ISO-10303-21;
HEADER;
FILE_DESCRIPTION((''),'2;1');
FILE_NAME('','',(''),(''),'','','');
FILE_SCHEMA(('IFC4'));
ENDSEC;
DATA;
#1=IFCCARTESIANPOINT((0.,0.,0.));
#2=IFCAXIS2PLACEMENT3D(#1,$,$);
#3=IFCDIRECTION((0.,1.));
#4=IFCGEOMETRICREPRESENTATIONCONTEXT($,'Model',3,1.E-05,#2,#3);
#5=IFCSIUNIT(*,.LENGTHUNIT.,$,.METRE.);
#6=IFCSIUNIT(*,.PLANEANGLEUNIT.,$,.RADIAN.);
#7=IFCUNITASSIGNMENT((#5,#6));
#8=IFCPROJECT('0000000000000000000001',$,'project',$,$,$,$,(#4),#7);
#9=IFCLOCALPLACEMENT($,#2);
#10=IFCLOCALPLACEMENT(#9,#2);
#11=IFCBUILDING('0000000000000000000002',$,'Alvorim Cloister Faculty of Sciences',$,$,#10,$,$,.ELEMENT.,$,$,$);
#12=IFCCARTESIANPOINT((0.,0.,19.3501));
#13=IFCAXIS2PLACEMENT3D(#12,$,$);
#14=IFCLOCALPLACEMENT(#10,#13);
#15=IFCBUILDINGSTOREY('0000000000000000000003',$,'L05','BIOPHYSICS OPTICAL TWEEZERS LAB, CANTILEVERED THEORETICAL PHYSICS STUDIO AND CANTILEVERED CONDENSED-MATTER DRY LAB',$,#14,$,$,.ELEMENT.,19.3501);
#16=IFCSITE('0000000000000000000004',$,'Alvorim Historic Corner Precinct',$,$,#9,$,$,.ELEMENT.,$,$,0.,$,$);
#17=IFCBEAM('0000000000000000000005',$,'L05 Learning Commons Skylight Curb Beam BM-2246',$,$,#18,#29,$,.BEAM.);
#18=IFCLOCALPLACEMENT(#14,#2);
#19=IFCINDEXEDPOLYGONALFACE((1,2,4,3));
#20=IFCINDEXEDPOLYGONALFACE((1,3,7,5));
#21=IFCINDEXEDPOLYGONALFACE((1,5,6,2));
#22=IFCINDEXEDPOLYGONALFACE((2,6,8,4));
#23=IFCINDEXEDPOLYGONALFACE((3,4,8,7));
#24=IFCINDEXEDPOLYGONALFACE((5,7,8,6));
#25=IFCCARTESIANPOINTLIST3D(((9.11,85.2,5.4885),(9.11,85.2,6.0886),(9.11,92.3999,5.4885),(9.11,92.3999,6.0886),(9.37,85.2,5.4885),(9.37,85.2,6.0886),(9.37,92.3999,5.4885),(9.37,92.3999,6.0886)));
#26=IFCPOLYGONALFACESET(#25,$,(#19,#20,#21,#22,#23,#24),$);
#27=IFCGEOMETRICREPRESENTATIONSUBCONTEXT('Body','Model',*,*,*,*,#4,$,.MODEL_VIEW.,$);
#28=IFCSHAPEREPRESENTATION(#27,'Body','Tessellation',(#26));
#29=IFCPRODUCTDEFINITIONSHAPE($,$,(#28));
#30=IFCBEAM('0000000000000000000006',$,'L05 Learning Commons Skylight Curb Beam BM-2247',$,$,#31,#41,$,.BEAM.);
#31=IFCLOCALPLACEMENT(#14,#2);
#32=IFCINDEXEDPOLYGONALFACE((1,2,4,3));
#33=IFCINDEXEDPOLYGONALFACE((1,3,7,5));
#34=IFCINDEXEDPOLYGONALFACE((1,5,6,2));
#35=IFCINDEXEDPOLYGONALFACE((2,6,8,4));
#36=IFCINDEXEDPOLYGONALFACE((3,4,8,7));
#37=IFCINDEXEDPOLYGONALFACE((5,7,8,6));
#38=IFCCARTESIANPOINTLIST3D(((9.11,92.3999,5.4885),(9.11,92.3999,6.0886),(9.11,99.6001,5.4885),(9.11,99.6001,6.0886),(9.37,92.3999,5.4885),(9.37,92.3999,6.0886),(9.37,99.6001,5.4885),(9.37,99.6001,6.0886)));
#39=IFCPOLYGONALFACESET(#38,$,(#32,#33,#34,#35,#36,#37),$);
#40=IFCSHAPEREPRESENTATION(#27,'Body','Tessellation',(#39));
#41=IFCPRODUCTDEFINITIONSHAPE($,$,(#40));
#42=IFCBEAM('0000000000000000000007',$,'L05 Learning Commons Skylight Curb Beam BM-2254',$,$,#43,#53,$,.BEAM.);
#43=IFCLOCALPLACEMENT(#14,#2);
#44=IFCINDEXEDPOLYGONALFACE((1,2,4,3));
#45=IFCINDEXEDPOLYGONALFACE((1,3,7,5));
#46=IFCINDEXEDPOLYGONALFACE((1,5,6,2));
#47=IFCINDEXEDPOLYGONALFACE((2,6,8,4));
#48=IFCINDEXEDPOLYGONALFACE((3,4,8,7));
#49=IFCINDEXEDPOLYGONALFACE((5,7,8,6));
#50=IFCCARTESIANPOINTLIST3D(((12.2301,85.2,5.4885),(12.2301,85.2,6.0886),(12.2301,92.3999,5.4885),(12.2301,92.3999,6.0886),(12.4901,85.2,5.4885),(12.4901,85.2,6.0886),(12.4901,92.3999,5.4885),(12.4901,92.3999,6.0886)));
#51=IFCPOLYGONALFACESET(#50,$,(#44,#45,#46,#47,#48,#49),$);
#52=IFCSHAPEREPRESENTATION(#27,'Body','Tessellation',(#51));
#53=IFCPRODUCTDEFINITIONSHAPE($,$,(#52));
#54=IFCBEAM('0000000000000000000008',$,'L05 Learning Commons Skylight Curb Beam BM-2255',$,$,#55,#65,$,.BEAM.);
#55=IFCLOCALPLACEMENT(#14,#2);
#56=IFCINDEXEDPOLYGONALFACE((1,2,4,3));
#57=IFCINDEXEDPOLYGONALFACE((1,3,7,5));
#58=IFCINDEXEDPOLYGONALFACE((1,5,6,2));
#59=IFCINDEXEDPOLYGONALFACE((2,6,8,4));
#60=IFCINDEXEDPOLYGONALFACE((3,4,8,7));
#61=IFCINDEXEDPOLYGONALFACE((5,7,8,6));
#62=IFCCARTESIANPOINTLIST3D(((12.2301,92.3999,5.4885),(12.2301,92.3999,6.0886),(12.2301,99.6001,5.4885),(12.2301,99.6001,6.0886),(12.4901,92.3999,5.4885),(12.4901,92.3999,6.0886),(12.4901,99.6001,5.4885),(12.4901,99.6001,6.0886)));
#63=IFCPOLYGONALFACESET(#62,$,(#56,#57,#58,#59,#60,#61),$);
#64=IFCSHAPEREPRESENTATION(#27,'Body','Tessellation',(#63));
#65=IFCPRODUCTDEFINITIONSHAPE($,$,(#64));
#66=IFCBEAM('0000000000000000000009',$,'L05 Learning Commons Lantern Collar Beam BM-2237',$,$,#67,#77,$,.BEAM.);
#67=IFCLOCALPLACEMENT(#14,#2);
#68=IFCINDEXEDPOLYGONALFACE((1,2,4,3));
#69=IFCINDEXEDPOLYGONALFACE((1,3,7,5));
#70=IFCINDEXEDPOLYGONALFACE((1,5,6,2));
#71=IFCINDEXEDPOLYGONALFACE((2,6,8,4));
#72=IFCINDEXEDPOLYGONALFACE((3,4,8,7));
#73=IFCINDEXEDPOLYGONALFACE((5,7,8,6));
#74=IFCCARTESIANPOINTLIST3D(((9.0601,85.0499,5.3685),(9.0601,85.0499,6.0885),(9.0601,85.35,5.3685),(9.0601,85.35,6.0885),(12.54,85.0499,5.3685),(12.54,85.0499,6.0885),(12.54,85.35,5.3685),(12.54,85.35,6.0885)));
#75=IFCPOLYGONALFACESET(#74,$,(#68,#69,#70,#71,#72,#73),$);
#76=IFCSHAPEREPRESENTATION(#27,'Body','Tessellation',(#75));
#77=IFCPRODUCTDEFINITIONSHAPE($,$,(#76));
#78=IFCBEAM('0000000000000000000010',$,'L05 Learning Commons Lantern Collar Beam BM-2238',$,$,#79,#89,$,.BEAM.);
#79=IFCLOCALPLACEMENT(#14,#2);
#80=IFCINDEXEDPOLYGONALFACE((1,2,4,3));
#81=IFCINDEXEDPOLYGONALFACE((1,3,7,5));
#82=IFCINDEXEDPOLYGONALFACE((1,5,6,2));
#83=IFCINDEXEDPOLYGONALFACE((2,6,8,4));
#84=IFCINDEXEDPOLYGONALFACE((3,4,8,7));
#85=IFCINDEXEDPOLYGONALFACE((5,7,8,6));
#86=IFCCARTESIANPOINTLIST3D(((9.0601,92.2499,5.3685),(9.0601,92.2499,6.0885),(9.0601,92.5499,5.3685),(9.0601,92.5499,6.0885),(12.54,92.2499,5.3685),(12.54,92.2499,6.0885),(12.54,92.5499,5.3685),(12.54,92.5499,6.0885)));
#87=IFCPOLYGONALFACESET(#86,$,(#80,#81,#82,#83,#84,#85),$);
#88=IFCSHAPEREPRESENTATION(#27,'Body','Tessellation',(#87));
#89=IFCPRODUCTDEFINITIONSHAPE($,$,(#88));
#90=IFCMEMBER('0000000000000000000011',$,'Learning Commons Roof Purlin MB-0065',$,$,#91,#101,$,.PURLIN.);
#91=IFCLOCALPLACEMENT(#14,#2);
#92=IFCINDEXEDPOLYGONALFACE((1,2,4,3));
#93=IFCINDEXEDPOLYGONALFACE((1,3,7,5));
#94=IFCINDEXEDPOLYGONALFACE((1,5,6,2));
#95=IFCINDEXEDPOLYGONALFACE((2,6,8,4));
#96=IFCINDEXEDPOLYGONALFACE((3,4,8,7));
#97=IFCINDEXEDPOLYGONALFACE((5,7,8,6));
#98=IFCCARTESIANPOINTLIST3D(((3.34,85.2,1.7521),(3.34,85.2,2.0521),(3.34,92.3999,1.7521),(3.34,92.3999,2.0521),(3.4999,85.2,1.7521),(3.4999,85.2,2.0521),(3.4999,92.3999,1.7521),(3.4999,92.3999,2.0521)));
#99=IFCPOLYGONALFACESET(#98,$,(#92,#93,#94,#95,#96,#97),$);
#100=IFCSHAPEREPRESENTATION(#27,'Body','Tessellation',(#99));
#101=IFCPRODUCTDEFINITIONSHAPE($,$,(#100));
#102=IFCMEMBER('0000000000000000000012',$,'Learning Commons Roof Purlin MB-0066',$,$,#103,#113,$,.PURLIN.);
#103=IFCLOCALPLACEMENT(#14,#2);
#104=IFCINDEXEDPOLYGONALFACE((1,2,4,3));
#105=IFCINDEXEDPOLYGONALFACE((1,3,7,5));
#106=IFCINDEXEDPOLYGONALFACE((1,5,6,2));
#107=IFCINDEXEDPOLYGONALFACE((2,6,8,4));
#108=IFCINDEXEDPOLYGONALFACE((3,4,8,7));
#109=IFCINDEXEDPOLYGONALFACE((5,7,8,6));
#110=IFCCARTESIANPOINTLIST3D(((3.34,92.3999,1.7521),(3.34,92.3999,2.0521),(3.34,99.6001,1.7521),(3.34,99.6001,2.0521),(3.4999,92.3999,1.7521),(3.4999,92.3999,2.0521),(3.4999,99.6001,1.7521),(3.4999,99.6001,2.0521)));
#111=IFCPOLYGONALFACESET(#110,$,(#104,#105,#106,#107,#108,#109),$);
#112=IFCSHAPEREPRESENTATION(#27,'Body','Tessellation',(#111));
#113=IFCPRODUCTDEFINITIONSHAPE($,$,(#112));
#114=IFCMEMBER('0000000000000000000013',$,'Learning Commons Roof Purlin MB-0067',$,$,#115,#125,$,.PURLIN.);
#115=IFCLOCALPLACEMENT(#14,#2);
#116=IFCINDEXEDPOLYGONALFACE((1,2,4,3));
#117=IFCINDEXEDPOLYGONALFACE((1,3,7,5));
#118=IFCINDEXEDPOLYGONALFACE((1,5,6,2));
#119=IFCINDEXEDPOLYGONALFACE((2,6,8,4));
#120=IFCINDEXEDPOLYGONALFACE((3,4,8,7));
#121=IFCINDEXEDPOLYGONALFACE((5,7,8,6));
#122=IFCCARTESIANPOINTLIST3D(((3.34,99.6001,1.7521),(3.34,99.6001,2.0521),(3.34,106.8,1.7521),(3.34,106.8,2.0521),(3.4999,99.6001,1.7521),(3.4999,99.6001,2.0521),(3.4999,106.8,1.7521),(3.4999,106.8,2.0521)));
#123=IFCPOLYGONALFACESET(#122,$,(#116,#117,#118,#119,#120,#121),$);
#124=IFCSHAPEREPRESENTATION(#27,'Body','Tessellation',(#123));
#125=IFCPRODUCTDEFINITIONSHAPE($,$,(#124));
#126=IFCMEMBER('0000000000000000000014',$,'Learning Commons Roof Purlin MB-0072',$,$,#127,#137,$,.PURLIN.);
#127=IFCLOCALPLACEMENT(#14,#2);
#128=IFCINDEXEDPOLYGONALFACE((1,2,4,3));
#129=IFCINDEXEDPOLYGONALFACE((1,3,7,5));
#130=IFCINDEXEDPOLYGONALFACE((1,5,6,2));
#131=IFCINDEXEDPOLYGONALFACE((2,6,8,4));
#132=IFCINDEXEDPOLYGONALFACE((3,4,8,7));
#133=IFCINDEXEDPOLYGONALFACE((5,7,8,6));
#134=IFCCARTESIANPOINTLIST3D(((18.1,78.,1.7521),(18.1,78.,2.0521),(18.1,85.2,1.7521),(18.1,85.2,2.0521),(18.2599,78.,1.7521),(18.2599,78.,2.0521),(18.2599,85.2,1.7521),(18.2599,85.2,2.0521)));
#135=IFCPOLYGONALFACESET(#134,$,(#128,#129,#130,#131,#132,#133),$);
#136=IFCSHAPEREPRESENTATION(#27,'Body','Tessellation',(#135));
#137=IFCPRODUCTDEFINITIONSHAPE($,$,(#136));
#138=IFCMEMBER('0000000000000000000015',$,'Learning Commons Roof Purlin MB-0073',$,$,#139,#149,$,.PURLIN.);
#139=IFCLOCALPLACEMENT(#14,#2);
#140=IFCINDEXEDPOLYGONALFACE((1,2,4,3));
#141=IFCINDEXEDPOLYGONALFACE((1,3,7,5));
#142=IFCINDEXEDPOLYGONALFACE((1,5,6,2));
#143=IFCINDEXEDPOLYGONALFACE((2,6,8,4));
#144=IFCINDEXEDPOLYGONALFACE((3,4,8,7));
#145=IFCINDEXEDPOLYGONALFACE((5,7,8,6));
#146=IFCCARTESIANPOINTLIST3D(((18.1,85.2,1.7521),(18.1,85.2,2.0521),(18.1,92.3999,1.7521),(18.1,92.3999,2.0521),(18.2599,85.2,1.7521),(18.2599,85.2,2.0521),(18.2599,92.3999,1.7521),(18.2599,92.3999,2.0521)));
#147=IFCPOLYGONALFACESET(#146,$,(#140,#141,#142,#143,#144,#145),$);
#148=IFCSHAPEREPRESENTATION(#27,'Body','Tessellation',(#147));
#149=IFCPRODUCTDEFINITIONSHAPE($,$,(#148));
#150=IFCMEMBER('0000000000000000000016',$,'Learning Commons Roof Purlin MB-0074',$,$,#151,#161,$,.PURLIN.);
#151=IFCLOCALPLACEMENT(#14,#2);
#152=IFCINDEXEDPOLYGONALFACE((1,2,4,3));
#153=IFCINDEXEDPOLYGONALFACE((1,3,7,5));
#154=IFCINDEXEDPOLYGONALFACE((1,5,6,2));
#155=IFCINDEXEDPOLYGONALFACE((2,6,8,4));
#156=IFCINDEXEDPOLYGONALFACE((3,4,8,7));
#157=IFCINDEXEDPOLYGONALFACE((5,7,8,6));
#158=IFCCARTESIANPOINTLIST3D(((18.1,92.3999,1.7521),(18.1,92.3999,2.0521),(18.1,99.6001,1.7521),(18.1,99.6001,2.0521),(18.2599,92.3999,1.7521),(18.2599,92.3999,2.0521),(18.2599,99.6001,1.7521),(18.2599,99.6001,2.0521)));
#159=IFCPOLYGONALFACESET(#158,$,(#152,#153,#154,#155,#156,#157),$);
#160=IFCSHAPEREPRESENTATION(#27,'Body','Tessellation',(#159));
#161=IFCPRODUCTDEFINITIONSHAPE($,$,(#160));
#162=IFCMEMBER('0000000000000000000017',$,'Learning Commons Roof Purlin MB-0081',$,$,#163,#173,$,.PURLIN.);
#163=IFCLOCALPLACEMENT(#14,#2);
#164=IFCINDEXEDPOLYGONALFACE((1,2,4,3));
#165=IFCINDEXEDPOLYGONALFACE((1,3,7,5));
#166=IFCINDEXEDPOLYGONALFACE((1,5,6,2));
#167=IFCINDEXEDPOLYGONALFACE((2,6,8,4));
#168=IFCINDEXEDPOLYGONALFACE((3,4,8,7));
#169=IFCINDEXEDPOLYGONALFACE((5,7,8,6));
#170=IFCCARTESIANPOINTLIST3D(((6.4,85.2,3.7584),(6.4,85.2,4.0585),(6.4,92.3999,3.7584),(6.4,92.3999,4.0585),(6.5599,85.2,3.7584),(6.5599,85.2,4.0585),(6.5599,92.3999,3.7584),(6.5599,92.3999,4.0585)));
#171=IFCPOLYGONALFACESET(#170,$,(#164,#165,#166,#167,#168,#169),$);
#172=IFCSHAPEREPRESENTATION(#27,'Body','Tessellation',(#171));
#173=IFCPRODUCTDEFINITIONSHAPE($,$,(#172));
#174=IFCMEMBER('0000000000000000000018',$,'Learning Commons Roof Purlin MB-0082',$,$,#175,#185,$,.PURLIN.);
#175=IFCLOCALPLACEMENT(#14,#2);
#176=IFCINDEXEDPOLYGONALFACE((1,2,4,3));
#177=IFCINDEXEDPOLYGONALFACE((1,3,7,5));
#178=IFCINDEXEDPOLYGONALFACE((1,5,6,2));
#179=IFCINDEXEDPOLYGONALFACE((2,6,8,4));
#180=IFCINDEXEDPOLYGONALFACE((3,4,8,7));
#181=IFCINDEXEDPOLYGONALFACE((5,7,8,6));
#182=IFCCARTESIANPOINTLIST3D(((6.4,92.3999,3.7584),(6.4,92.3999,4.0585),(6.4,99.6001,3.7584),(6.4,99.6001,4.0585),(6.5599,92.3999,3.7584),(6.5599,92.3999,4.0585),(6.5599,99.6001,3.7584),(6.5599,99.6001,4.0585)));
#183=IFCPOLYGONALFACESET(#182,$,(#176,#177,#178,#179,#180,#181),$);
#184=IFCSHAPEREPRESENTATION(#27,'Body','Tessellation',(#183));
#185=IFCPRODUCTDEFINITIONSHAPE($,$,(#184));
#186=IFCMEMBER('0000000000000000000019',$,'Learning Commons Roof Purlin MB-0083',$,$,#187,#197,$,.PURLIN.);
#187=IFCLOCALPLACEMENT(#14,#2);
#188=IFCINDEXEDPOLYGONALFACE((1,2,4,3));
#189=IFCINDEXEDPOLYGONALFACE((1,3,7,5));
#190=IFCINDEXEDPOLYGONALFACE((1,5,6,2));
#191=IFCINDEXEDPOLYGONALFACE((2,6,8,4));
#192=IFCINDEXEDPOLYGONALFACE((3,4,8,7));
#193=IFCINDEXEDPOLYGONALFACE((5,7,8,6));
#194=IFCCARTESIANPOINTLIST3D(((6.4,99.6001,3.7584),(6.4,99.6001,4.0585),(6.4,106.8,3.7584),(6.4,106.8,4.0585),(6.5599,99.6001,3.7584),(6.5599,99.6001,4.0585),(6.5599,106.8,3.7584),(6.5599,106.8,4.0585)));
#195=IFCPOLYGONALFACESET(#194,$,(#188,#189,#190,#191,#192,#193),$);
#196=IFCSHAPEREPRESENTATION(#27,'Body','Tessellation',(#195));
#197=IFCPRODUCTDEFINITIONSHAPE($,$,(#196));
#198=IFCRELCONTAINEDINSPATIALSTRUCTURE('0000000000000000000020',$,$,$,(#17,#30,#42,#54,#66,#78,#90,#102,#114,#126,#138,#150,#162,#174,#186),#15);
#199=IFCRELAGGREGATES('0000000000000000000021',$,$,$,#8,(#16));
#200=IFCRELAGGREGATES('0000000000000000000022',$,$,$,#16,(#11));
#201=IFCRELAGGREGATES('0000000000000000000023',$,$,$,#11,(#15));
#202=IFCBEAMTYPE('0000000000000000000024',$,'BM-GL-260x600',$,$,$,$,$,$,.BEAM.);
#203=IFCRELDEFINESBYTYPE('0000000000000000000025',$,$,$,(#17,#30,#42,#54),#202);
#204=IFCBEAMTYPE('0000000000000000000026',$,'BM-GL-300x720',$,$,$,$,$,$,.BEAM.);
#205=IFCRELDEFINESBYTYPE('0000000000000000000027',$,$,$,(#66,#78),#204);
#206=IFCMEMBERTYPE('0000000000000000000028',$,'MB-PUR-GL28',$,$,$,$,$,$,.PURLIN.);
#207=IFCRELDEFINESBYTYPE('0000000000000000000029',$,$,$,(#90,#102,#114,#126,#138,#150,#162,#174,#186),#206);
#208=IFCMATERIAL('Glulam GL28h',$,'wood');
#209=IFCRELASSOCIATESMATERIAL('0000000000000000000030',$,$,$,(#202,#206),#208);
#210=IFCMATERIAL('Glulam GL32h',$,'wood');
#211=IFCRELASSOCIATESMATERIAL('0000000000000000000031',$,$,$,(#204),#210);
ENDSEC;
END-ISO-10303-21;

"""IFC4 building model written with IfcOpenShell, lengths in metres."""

from ifc_helpers import new_model, si_unit, direction, frame, origin, origin_2d, place, context, subcontext, project, spatial, rectangle, extrude, material, material_profile, profile_set, type_object, element, save


model = new_model("IFC4")

# Units and contexts
model_context = context("Model", 3, precision=1e-05, world=origin(), true_north=direction((0.0, 1.0)))
body_context = subcontext(model_context, "Body", "Model", "MODEL_VIEW")
ifc_project = project(units=[si_unit("LENGTHUNIT", "METRE"), si_unit("PLANEANGLEUNIT", "RADIAN")], contexts=[model_context])

# Site, building, storey
site_placement = place(None, origin())
site = spatial("IfcSite", under=ifc_project, at=site_placement, Name="Alvorim Historic Corner Precinct", CompositionType="ELEMENT", RefElevation=0.0)
building_placement = place(site_placement, origin())
building = spatial("IfcBuilding", under=site, at=building_placement, Name="Alvorim Cloister Faculty of Sciences", CompositionType="ELEMENT")
storey_placement = place(building_placement, frame((0.0, 0.0, 19.3501)))
storey = spatial("IfcBuildingStorey", under=building, at=storey_placement, Name="L05", Description="BIOPHYSICS OPTICAL TWEEZERS LAB, CANTILEVERED THEORETICAL PHYSICS STUDIO AND CANTILEVERED CONDENSED-MATTER DRY LAB", CompositionType="ELEMENT", Elevation=19.3501)

# Beams
ifc_material_1 = material(Name="Glulam GL28h", Category="wood")
ifc_material_profile_1 = material_profile(ifc_material_1, rectangle(XDim=0.26, YDim=0.6001, at=origin_2d()), Name="GL28-BM-260x600")
ifc_profile_set_1 = profile_set([ifc_material_profile_1], Name="Glulam GL28h")
beam_type_1 = type_object("IfcBeamType", Name="BM-GL-260x600", PredefinedType="BEAM", material=ifc_profile_set_1)
beam_1_placement = place(storey_placement, frame((9.24, 85.2, 5.7886), z_axis=(0.0, 1.0, 0.0), x_axis=(-1.0, 0.0, 0.0)))
element("IfcBeam", 1, at=beam_1_placement, inside=storey, type_object=beam_type_1, Name="L05 Learning Commons Skylight Curb Beam BM-2246", PredefinedType="BEAM", context=body_context, shape_type="SweptSolid", body=[
    extrude(rectangle(XDim=0.26, YDim=0.6001, at=origin_2d()), origin(), (0.0, 0.0, 1.0), 7.2),
])
beam_2_placement = place(storey_placement, frame((9.24, 92.3999, 5.7886), z_axis=(0.0, 1.0, 0.0), x_axis=(-1.0, 0.0, 0.0)))
element("IfcBeam", 2, at=beam_2_placement, inside=storey, type_object=beam_type_1, Name="L05 Learning Commons Skylight Curb Beam BM-2247", PredefinedType="BEAM", context=body_context, shape_type="SweptSolid", body=[
    extrude(rectangle(XDim=0.26, YDim=0.6001, at=origin_2d()), origin(), (0.0, 0.0, 1.0), 7.2002),
])
beam_3_placement = place(storey_placement, frame((12.3601, 85.2, 5.7886), z_axis=(0.0, 1.0, 0.0), x_axis=(-1.0, 0.0, 0.0)))
element("IfcBeam", 3, at=beam_3_placement, inside=storey, type_object=beam_type_1, Name="L05 Learning Commons Skylight Curb Beam BM-2254", PredefinedType="BEAM", context=body_context, shape_type="SweptSolid", body=[
    extrude(rectangle(XDim=0.26, YDim=0.6001, at=origin_2d()), origin(), (0.0, 0.0, 1.0), 7.2),
])
beam_4_placement = place(storey_placement, frame((12.3601, 92.3999, 5.7886), z_axis=(0.0, 1.0, 0.0), x_axis=(-1.0, 0.0, 0.0)))
element("IfcBeam", 4, at=beam_4_placement, inside=storey, type_object=beam_type_1, Name="L05 Learning Commons Skylight Curb Beam BM-2255", PredefinedType="BEAM", context=body_context, shape_type="SweptSolid", body=[
    extrude(rectangle(XDim=0.26, YDim=0.6001, at=origin_2d()), origin(), (0.0, 0.0, 1.0), 7.2002),
])
ifc_material_2 = material(Name="Glulam GL32h", Category="wood")
ifc_material_profile_2 = material_profile(ifc_material_2, rectangle(XDim=0.3, YDim=0.72, at=origin_2d()), Name="GL32-BM-300x720")
ifc_profile_set_2 = profile_set([ifc_material_profile_2], Name="Glulam GL32h")
beam_type_2 = type_object("IfcBeamType", Name="BM-GL-300x720", PredefinedType="BEAM", material=ifc_profile_set_2)
for number, where, z_axis, x_axis, name in (
    (5, (9.0601, 85.2, 5.7285), (1.0, 0.0, 0.0), (0.0, 1.0, 0.0), "L05 Learning Commons Lantern Collar Beam BM-2237"),
    (6, (9.0601, 92.3999, 5.7285), (1.0, 0.0, 0.0), (0.0, 1.0, 0.0), "L05 Learning Commons Lantern Collar Beam BM-2238"),
):
    element("IfcBeam", number, at=place(storey_placement, frame(where, z_axis=z_axis, x_axis=x_axis)), inside=storey, type_object=beam_type_2, Name=name, PredefinedType="BEAM", context=body_context, shape_type="SweptSolid", body=[
        extrude(rectangle(XDim=0.3, YDim=0.72, at=origin_2d()), origin(), (0.0, 0.0, 1.0), 3.48),
    ])

# Members
ifc_material_profile_3 = material_profile(ifc_material_1, rectangle(XDim=0.1599, YDim=0.3, at=origin_2d()), Name="GL28-PUR-160x300")
ifc_profile_set_3 = profile_set([ifc_material_profile_3], Name="Glulam GL28h")
member_type_1 = type_object("IfcMemberType", Name="MB-PUR-GL28", PredefinedType="PURLIN", material=ifc_profile_set_3)
member_1_placement = place(storey_placement, frame((3.4199, 85.2, 1.9021), z_axis=(0.0, 1.0, 0.0), x_axis=(-1.0, 0.0, 0.0)))
element("IfcMember", 7, at=member_1_placement, inside=storey, type_object=member_type_1, Name="Learning Commons Roof Purlin MB-0065", PredefinedType="PURLIN", context=body_context, shape_type="SweptSolid", body=[
    extrude(rectangle(XDim=0.1599, YDim=0.3, at=origin_2d()), origin(), (0.0, 0.0, 1.0), 7.2),
])
member_2_placement = place(storey_placement, frame((3.4199, 92.3999, 1.9021), z_axis=(0.0, 1.0, 0.0), x_axis=(-1.0, 0.0, 0.0)))
element("IfcMember", 8, at=member_2_placement, inside=storey, type_object=member_type_1, Name="Learning Commons Roof Purlin MB-0066", PredefinedType="PURLIN", context=body_context, shape_type="SweptSolid", body=[
    extrude(rectangle(XDim=0.1599, YDim=0.3, at=origin_2d()), origin(), (0.0, 0.0, 1.0), 7.2002),
])
for number, where, z_axis, x_axis, name in (
    (9, (3.4199, 99.6001, 1.9021), (0.0, 1.0, 0.0), (-1.0, 0.0, 0.0), "Learning Commons Roof Purlin MB-0067"),
    (10, (18.1799, 78.0, 1.9021), (0.0, 1.0, 0.0), (-1.0, 0.0, 0.0), "Learning Commons Roof Purlin MB-0072"),
    (11, (18.1799, 85.2, 1.9021), (0.0, 1.0, 0.0), (-1.0, 0.0, 0.0), "Learning Commons Roof Purlin MB-0073"),
):
    element("IfcMember", number, at=place(storey_placement, frame(where, z_axis=z_axis, x_axis=x_axis)), inside=storey, type_object=member_type_1, Name=name, PredefinedType="PURLIN", context=body_context, shape_type="SweptSolid", body=[
        extrude(rectangle(XDim=0.1599, YDim=0.3, at=origin_2d()), origin(), (0.0, 0.0, 1.0), 7.2),
    ])
member_3_placement = place(storey_placement, frame((18.1799, 92.3999, 1.9021), z_axis=(0.0, 1.0, 0.0), x_axis=(-1.0, 0.0, 0.0)))
element("IfcMember", 12, at=member_3_placement, inside=storey, type_object=member_type_1, Name="Learning Commons Roof Purlin MB-0074", PredefinedType="PURLIN", context=body_context, shape_type="SweptSolid", body=[
    extrude(rectangle(XDim=0.1599, YDim=0.3, at=origin_2d()), origin(), (0.0, 0.0, 1.0), 7.2002),
])
member_4_placement = place(storey_placement, frame((6.48, 85.2, 3.9084), z_axis=(0.0, 1.0, 0.0), x_axis=(-1.0, 0.0, 0.0)))
element("IfcMember", 13, at=member_4_placement, inside=storey, type_object=member_type_1, Name="Learning Commons Roof Purlin MB-0081", PredefinedType="PURLIN", context=body_context, shape_type="SweptSolid", body=[
    extrude(rectangle(XDim=0.1599, YDim=0.3, at=origin_2d()), origin(), (0.0, 0.0, 1.0), 7.2),
])
member_5_placement = place(storey_placement, frame((6.48, 92.3999, 3.9084), z_axis=(0.0, 1.0, 0.0), x_axis=(-1.0, 0.0, 0.0)))
element("IfcMember", 14, at=member_5_placement, inside=storey, type_object=member_type_1, Name="Learning Commons Roof Purlin MB-0082", PredefinedType="PURLIN", context=body_context, shape_type="SweptSolid", body=[
    extrude(rectangle(XDim=0.1599, YDim=0.3, at=origin_2d()), origin(), (0.0, 0.0, 1.0), 7.2002),
])
for number, where, z_axis, x_axis, name in (
    (15, (6.48, 99.6001, 3.9084), (0.0, 1.0, 0.0), (-1.0, 0.0, 0.0), "Learning Commons Roof Purlin MB-0083"),
):
    element("IfcMember", number, at=place(storey_placement, frame(where, z_axis=z_axis, x_axis=x_axis)), inside=storey, type_object=member_type_1, Name=name, PredefinedType="PURLIN", context=body_context, shape_type="SweptSolid", body=[
        extrude(rectangle(XDim=0.1599, YDim=0.3, at=origin_2d()), origin(), (0.0, 0.0, 1.0), 7.2),
    ])

save(model, "model.ifc")
